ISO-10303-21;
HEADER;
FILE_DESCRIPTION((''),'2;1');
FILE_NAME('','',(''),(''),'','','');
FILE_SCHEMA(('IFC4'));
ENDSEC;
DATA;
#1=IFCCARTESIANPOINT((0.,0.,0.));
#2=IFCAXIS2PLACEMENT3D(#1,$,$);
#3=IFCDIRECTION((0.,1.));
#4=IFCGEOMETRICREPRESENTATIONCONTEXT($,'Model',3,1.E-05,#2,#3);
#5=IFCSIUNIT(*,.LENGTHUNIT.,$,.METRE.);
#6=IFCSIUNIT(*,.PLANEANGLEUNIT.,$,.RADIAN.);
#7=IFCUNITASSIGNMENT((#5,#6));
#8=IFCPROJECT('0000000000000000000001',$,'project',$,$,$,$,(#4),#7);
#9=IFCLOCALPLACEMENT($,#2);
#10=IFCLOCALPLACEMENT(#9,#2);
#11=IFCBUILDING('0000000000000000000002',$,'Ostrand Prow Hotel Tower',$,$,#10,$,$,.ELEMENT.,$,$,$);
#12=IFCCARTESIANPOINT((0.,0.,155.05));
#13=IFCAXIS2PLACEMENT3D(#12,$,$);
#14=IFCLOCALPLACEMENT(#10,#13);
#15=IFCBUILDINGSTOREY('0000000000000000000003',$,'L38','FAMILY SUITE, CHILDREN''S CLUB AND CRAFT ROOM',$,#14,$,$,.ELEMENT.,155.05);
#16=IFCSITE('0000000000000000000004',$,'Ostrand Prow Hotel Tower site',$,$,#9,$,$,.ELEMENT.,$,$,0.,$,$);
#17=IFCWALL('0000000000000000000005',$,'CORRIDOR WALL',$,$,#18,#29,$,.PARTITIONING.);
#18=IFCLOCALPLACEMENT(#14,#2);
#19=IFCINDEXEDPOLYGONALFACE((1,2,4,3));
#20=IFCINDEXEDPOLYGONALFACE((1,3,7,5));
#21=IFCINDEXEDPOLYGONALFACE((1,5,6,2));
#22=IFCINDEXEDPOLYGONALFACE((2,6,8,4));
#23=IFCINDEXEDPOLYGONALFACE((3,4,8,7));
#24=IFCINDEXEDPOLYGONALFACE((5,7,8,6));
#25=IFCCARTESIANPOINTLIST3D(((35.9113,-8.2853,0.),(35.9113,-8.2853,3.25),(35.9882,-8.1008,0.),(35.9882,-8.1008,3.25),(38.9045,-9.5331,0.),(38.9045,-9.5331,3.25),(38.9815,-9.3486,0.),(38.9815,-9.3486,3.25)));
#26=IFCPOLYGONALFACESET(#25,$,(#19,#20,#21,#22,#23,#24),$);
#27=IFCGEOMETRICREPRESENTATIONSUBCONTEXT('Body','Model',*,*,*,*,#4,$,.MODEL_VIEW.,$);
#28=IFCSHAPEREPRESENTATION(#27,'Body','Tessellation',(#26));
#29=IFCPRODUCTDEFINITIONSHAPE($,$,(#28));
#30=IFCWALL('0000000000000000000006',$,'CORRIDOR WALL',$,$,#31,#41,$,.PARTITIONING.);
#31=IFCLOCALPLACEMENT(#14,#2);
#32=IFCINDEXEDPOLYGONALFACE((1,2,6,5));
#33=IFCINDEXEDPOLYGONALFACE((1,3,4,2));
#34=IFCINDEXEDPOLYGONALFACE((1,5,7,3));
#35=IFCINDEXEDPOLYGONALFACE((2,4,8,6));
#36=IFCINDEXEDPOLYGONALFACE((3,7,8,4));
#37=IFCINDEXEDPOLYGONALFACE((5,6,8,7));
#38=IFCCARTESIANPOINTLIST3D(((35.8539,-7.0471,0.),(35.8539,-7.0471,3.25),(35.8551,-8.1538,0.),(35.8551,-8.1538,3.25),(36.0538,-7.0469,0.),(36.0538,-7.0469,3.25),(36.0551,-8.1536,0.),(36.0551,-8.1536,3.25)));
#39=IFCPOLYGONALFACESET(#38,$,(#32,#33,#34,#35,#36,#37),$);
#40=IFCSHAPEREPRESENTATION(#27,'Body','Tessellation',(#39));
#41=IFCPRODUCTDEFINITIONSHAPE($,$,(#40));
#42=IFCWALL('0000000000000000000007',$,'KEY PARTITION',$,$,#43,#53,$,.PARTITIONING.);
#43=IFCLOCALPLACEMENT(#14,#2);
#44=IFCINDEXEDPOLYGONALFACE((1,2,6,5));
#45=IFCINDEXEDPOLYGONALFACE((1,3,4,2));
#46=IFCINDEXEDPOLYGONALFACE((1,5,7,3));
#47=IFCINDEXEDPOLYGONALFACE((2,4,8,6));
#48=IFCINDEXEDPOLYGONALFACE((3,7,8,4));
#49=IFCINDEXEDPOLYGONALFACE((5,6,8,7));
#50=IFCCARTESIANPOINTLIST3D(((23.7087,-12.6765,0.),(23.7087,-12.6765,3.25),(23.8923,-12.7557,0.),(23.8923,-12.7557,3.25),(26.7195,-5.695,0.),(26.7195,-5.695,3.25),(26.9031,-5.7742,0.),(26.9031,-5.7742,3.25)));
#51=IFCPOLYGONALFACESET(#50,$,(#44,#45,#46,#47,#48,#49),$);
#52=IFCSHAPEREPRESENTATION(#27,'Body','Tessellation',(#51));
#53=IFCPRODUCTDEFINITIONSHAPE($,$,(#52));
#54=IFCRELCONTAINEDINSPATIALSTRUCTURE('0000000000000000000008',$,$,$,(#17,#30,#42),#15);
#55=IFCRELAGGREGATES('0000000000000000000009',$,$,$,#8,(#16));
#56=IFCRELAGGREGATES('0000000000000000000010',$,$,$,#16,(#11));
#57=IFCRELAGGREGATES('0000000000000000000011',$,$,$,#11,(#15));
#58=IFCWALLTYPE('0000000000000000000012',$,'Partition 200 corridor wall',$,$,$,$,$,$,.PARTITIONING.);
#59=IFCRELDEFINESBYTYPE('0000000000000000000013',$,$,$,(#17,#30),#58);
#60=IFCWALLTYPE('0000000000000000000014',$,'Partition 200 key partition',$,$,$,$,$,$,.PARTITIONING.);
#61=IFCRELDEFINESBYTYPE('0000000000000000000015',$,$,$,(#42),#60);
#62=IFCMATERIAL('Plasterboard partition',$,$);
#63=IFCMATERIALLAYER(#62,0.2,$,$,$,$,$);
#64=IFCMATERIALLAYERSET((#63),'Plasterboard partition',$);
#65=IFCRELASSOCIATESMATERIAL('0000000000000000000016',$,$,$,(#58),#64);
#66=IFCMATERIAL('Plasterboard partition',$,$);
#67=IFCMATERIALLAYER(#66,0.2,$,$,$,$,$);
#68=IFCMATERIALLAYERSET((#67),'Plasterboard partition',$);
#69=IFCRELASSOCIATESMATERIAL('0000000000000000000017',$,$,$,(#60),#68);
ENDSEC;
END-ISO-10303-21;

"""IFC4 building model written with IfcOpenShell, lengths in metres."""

from ifc_helpers import new_model, si_unit, direction, frame, frame_2d, origin, place, context, subcontext, project, spatial, rectangle, extrude, material, layer, layer_set, type_object, element, save


model = new_model("IFC4")

# Units and contexts
model_context = context("Model", 3, precision=1e-05, world=origin(), true_north=direction((0.0, 1.0)))
body_context = subcontext(model_context, "Body", "Model", "MODEL_VIEW")
ifc_project = project(units=[si_unit("LENGTHUNIT", "METRE"), si_unit("PLANEANGLEUNIT", "RADIAN")], contexts=[model_context])

# Site, building, storey
site_placement = place(None, origin())
site = spatial("IfcSite", under=ifc_project, at=site_placement, Name="Ostrand Prow Hotel Tower site", CompositionType="ELEMENT", RefElevation=0.0)
building_placement = place(site_placement, origin())
building = spatial("IfcBuilding", under=site, at=building_placement, Name="Ostrand Prow Hotel Tower", CompositionType="ELEMENT")
storey_placement = place(building_placement, frame((0.0, 0.0, 155.05)))
storey = spatial("IfcBuildingStorey", under=building, at=storey_placement, Name="L38", Description="FAMILY SUITE, CHILDREN'S CLUB AND CRAFT ROOM", CompositionType="ELEMENT", Elevation=155.05)

# Shared definitions
ifc_material_1 = material(Name="Plasterboard partition")
ifc_layer_1 = layer(ifc_material_1, 0.2)
ifc_layer_set_1 = layer_set([ifc_layer_1], Name="Plasterboard partition")
wall_type_1 = type_object("IfcWallType", Name="Partition 200 corridor wall", PredefinedType="PARTITIONING", material=ifc_layer_set_1)

# Walls
wall_1_placement = place(storey_placement, frame((38.9431, -9.4409, 0.0), z_axis=(0.0, 0.0, 1.0), x_axis=(-0.923006, 0.384786, 0.0)))
element("IfcWall", 1, at=wall_1_placement, inside=storey, type_object=wall_type_1, Name="CORRIDOR WALL", PredefinedType="PARTITIONING", context=body_context, shape_type="SweptSolid", body=[
    extrude(rectangle(XDim=3.2429, YDim=0.2, at=frame_2d((1.6216, 0.0))), origin(), (0.0, 0.0, 1.0), 3.25),
])
wall_2_placement = place(storey_placement, frame((35.9551, -8.1536, 0.0), z_axis=(0.0, 0.0, 1.0), x_axis=(-0.001103, 0.999999, 0.0)))
element("IfcWall", 2, at=wall_2_placement, inside=storey, type_object=wall_type_1, Name="CORRIDOR WALL", PredefinedType="PARTITIONING", context=body_context, shape_type="SweptSolid", body=[
    extrude(rectangle(XDim=1.1067, YDim=0.2, at=frame_2d((0.5532, 0.0))), origin(), (0.0, 0.0, 1.0), 3.25),
])
ifc_material_2 = material(Name="Plasterboard partition")
ifc_layer_2 = layer(ifc_material_2, 0.2)
ifc_layer_set_2 = layer_set([ifc_layer_2], Name="Plasterboard partition")
wall_type_2 = type_object("IfcWallType", Name="Partition 200 key partition", PredefinedType="PARTITIONING", material=ifc_layer_set_2)
wall_3_placement = place(storey_placement, frame((23.8005, -12.7161, 0.0), z_axis=(0.0, 0.0, 1.0), x_axis=(0.395996, 0.918252, 0.0)))
element("IfcWall", 3, at=wall_3_placement, inside=storey, type_object=wall_type_2, Name="KEY PARTITION", PredefinedType="PARTITIONING", context=body_context, shape_type="SweptSolid", body=[
    extrude(rectangle(XDim=7.603, YDim=0.2, at=frame_2d((3.8015, 0.0))), origin(), (0.0, 0.0, 1.0), 3.25),
])

save(model, "model.ifc")
